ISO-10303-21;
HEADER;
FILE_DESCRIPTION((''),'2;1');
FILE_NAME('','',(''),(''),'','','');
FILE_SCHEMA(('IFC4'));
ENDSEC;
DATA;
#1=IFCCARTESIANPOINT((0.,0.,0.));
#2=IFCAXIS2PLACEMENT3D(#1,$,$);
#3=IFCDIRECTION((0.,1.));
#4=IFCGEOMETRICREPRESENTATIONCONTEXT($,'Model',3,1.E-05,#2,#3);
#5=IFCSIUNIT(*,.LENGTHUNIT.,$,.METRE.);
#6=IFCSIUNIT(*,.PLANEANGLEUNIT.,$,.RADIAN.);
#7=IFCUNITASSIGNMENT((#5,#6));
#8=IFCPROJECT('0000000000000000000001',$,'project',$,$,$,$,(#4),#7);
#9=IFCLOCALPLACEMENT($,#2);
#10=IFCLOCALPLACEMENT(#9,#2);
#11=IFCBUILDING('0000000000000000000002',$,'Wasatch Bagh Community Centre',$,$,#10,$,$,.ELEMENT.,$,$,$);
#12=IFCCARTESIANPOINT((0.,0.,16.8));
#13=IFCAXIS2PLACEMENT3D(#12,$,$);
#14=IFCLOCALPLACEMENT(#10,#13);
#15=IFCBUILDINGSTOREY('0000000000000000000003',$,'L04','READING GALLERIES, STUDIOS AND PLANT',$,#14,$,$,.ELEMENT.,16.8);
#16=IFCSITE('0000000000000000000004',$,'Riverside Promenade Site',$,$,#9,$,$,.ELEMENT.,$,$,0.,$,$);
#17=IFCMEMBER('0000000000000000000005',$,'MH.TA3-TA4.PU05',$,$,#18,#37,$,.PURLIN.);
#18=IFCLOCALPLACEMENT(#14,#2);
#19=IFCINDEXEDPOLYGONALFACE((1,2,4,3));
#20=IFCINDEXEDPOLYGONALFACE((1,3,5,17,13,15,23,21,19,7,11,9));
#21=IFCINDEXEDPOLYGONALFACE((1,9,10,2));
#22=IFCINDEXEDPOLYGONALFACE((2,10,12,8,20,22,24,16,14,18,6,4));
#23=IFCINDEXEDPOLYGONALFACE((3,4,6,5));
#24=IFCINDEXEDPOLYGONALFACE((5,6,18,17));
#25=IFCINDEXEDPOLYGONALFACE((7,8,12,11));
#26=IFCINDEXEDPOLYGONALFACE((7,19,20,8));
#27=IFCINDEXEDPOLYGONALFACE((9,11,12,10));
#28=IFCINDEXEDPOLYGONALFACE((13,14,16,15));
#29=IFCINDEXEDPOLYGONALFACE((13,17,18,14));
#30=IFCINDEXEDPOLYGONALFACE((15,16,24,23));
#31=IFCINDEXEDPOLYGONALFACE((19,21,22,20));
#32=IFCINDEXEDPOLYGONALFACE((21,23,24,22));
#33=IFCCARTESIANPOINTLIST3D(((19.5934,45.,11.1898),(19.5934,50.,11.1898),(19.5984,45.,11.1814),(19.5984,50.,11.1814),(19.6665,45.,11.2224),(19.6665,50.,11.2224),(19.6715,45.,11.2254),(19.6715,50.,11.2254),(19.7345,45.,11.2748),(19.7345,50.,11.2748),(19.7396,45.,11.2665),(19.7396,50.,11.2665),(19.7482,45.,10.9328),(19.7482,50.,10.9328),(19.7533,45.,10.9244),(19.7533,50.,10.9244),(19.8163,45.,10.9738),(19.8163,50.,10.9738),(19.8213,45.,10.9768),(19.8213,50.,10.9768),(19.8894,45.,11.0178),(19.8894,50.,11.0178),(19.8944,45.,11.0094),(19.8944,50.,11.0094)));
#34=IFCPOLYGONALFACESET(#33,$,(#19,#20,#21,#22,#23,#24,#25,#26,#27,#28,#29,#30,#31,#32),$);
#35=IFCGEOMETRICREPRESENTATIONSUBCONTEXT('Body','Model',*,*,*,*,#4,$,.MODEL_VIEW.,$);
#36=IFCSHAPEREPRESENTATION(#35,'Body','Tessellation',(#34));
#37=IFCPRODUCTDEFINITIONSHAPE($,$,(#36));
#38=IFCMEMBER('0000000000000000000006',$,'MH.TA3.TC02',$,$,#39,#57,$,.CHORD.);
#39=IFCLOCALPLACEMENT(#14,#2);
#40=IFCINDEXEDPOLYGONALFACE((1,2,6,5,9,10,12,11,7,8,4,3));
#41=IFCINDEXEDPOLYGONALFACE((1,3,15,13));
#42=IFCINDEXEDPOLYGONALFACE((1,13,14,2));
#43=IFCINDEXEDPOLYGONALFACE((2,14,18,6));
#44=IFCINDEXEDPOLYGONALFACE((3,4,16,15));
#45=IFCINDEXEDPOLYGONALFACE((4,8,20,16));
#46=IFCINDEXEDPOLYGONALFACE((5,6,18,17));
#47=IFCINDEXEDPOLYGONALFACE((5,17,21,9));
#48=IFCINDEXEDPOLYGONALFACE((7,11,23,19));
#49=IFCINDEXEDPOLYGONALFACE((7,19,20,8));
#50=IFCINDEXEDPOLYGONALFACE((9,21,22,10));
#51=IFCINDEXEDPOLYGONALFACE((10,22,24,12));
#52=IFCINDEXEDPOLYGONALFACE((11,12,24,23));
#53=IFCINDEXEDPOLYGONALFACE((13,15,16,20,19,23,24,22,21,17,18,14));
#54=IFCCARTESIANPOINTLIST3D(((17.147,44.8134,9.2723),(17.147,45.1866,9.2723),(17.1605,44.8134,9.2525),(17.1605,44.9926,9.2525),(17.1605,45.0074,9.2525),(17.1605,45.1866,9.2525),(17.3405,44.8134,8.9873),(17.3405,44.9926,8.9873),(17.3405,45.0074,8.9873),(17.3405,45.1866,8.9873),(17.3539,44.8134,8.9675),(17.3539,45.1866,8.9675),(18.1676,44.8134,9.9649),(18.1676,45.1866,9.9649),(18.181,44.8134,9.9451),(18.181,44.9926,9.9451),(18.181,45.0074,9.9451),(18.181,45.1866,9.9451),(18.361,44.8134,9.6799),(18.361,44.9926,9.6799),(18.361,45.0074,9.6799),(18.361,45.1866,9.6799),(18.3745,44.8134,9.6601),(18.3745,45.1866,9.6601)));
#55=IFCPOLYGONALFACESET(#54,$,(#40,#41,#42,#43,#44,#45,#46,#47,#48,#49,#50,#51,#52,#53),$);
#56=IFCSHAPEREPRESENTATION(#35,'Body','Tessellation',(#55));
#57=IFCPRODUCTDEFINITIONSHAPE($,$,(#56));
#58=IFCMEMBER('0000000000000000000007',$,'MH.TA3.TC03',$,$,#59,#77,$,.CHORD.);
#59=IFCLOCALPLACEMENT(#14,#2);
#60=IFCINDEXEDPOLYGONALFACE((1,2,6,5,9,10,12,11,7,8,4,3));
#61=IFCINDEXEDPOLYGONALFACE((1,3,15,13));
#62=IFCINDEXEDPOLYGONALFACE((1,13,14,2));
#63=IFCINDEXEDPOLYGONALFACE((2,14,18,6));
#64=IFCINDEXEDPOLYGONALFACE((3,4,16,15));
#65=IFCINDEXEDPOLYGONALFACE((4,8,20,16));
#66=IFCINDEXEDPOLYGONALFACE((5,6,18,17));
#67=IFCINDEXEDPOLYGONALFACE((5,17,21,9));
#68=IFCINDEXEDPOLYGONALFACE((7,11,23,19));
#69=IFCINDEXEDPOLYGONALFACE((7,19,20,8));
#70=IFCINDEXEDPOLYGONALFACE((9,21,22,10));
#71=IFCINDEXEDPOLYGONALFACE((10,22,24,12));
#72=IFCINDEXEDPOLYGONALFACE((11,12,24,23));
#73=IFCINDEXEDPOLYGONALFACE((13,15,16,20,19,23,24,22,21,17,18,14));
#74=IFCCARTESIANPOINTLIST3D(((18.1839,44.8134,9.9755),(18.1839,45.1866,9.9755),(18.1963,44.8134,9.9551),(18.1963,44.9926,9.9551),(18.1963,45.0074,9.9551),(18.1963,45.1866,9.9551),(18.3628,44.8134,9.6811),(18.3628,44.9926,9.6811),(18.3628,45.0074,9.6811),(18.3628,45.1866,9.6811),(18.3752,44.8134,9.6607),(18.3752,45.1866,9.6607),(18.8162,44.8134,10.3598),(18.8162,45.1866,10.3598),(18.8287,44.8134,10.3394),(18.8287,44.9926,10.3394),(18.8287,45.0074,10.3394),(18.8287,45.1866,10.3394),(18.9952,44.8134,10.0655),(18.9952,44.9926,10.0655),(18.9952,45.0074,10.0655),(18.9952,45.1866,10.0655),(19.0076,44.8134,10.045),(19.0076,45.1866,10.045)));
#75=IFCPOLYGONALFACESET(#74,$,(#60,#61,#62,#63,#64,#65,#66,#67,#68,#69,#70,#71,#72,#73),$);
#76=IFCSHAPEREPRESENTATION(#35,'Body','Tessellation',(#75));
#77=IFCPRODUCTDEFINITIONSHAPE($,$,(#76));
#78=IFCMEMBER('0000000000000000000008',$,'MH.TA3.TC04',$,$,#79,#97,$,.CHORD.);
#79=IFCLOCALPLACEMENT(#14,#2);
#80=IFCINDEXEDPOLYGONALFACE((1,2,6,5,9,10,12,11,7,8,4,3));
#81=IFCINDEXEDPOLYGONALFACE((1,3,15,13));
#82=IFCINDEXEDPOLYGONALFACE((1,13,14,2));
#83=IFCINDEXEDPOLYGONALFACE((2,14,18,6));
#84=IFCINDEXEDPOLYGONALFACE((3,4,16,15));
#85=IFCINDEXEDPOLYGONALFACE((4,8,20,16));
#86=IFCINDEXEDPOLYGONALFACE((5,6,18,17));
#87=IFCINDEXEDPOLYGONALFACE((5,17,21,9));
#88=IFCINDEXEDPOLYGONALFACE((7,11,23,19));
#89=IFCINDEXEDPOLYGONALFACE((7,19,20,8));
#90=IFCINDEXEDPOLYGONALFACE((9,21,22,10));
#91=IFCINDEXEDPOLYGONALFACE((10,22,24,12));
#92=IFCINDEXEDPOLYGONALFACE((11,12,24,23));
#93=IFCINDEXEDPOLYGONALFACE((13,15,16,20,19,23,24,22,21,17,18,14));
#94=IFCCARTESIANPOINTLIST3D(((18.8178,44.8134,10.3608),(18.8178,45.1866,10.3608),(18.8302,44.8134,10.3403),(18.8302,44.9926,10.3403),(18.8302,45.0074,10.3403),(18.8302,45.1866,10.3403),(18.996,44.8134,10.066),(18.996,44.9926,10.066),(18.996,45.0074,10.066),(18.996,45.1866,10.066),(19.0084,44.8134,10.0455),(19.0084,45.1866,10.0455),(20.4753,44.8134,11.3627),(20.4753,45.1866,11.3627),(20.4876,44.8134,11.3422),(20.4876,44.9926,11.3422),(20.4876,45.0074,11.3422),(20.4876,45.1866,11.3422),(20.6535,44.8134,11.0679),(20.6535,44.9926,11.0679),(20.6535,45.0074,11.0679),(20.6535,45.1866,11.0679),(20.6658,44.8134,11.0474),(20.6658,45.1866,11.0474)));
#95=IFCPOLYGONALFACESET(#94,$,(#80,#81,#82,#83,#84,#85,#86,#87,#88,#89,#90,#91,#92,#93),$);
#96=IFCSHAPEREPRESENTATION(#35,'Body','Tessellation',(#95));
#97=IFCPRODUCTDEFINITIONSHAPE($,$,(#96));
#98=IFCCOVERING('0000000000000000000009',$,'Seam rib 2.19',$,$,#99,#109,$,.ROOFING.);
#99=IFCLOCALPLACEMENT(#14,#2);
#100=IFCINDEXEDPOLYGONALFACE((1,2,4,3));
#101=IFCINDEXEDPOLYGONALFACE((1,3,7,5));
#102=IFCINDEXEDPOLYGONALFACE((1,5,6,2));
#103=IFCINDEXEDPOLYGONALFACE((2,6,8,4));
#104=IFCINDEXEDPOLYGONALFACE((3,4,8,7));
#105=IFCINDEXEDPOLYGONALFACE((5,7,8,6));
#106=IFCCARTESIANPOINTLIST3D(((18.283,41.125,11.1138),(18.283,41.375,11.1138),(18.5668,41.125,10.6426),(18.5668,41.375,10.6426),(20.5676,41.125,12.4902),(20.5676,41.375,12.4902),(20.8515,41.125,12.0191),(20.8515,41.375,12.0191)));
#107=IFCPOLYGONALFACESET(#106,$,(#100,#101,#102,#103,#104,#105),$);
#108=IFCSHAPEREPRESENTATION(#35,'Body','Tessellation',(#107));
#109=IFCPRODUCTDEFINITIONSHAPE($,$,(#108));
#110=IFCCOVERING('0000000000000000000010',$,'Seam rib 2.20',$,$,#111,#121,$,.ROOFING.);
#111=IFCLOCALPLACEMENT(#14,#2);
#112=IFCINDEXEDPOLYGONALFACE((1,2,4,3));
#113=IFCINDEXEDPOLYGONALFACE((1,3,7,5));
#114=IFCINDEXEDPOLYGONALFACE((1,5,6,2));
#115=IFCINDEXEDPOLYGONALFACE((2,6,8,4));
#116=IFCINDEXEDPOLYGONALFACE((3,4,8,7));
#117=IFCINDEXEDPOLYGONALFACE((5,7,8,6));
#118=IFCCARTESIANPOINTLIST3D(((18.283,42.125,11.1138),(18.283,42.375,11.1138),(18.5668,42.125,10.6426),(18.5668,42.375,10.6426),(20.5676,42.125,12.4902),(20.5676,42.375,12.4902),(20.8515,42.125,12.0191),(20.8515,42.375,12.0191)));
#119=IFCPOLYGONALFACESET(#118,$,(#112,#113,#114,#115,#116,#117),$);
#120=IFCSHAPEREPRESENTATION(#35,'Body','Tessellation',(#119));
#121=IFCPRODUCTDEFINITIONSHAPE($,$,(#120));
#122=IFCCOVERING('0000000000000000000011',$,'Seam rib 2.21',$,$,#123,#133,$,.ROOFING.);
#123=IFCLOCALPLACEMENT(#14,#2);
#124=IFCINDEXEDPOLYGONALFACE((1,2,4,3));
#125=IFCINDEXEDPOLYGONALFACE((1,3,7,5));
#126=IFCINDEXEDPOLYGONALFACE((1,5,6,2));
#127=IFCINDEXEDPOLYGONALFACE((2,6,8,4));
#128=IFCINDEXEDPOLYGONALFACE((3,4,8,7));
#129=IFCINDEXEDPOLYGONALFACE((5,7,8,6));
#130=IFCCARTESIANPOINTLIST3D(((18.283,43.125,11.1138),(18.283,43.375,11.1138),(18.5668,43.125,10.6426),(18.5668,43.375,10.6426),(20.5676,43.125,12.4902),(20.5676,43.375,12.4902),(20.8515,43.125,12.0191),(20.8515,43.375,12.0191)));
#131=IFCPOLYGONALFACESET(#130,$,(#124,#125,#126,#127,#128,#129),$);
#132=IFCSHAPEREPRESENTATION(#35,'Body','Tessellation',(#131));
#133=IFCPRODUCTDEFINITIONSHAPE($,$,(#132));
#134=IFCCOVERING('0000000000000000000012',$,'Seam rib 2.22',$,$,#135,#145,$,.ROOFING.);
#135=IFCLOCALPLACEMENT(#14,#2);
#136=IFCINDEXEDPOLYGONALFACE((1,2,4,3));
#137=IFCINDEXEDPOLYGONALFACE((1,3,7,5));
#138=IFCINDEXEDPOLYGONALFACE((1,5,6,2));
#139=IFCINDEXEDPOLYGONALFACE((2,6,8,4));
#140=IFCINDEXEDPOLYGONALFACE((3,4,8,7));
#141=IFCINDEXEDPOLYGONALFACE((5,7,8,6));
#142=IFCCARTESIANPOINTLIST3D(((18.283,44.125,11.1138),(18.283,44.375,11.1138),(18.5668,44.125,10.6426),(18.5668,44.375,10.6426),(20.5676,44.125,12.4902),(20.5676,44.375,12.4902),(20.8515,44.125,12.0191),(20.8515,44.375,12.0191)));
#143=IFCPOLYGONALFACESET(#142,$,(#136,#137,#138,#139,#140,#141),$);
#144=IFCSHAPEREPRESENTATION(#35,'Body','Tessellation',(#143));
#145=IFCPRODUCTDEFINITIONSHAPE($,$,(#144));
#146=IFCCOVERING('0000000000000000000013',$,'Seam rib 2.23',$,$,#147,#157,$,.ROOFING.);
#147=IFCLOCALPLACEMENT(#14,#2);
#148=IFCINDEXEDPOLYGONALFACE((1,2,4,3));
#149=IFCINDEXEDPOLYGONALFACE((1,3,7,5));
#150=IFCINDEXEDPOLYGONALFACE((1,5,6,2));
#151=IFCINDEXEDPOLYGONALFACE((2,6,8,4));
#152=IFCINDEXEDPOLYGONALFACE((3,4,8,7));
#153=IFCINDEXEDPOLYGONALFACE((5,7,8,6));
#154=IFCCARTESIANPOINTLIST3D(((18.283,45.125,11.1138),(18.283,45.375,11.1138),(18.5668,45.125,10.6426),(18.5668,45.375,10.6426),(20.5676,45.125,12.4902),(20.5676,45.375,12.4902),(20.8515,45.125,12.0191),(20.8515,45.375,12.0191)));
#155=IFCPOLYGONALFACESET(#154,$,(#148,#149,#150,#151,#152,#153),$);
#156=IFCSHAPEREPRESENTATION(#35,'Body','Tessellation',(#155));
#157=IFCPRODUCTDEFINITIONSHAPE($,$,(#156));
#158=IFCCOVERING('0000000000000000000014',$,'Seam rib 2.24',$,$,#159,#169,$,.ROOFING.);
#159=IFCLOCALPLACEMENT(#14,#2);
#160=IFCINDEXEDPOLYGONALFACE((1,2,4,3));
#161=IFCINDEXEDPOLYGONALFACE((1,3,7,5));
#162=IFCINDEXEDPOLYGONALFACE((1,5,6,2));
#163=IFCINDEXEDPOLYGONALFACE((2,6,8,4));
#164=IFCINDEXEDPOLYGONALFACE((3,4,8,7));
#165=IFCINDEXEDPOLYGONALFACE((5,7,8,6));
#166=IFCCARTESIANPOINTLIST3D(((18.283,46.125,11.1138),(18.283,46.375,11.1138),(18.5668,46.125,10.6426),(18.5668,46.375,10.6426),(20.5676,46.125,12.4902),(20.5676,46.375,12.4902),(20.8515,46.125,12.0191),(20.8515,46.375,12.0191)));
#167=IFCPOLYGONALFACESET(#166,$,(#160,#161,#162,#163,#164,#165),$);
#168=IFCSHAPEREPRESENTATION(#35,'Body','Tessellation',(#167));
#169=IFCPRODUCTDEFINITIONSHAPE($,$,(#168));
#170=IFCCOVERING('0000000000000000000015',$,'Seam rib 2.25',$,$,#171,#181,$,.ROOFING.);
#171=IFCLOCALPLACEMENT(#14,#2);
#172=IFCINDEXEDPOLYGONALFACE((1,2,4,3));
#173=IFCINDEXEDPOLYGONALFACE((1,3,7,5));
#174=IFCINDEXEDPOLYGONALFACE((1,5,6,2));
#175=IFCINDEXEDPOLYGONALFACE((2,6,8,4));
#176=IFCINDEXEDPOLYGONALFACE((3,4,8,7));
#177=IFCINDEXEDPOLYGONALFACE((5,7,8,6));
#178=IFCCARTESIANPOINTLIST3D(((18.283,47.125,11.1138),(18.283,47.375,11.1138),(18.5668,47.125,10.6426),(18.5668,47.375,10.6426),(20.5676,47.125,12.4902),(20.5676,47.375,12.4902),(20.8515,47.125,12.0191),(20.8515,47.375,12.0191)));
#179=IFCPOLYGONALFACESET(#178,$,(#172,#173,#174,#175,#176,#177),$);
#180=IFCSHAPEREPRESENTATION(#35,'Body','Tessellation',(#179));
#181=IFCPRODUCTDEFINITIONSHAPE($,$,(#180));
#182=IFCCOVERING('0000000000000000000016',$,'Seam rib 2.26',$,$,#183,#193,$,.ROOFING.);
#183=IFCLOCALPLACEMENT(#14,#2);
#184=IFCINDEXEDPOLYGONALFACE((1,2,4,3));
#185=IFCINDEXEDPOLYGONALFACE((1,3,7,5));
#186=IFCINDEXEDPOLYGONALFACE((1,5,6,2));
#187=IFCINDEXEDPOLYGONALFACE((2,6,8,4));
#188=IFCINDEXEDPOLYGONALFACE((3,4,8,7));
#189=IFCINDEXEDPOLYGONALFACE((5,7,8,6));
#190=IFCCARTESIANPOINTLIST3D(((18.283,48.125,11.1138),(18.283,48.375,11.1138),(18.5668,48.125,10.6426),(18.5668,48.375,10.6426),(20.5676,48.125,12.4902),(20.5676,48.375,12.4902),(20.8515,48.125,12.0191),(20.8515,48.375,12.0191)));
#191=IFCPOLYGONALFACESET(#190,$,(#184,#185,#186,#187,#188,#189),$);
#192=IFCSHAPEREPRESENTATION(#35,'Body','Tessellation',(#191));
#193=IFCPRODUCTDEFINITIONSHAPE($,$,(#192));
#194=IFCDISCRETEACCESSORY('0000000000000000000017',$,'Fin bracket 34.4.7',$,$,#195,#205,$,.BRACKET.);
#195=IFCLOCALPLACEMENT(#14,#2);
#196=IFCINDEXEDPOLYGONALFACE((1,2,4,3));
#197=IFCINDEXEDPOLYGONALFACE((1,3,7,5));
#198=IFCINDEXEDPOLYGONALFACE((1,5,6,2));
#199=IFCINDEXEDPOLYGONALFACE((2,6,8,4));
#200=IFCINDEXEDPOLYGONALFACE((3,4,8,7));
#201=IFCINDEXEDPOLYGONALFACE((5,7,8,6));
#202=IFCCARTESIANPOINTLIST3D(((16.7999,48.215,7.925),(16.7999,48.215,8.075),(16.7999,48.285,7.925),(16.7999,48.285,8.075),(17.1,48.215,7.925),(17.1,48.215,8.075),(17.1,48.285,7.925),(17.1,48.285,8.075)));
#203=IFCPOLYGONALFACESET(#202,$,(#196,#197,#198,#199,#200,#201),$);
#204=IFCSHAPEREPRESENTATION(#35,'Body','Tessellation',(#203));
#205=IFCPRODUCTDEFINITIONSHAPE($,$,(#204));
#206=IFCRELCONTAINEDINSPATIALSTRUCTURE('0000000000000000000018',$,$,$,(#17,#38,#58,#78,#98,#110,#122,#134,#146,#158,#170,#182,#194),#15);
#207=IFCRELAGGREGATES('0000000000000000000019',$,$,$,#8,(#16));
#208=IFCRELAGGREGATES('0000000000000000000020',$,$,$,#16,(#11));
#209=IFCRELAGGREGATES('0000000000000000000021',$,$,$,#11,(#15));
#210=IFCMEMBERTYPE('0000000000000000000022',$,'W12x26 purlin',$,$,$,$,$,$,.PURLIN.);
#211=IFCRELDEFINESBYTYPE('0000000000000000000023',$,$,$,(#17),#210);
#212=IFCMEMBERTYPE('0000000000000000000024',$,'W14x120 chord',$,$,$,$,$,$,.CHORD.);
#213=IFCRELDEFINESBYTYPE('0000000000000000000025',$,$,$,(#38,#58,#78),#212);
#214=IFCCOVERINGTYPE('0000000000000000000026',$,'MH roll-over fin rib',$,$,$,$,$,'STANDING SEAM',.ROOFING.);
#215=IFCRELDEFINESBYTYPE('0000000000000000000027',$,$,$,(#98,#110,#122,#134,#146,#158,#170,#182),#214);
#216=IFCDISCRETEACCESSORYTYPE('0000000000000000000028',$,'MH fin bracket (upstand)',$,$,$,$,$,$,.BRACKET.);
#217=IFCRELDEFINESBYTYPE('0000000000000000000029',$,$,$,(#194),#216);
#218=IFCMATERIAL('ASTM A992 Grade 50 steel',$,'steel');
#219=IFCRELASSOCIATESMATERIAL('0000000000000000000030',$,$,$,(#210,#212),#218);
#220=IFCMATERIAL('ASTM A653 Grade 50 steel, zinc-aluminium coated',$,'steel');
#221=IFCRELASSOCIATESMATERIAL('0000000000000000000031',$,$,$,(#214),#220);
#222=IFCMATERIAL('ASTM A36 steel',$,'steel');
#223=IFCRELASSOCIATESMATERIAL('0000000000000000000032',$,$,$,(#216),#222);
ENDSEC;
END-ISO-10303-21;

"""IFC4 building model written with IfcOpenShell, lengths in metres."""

from ifc_helpers import new_model, si_unit, direction, frame, origin, origin_2d, place, context, subcontext, project, spatial, polyline, rectangle, i_section, outline, extrude, material, material_profile, profile_set, type_object, element, save


model = new_model("IFC4")

# Units and contexts
model_context = context("Model", 3, precision=1e-05, world=origin(), true_north=direction((0.0, 1.0)))
body_context = subcontext(model_context, "Body", "Model", "MODEL_VIEW")
ifc_project = project(units=[si_unit("LENGTHUNIT", "METRE"), si_unit("PLANEANGLEUNIT", "RADIAN")], contexts=[model_context])

# Site, building, storey
site_placement = place(None, origin())
site = spatial("IfcSite", under=ifc_project, at=site_placement, Name="Riverside Promenade Site", CompositionType="ELEMENT", RefElevation=0.0)
building_placement = place(site_placement, origin())
building = spatial("IfcBuilding", under=site, at=building_placement, Name="Wasatch Bagh Community Centre", CompositionType="ELEMENT")
storey_placement = place(building_placement, frame((0.0, 0.0, 16.8)))
storey = spatial("IfcBuildingStorey", under=building, at=storey_placement, Name="L04", Description="READING GALLERIES, STUDIOS AND PLANT", CompositionType="ELEMENT", Elevation=16.8)

# Members
ifc_material_1 = material(Name="ASTM A992 Grade 50 steel", Category="steel")
ifc_material_profile_1 = material_profile(ifc_material_1, i_section(OverallWidth=0.1648, OverallDepth=0.3098, WebThickness=0.0059, FlangeThickness=0.0098, at=origin_2d()), Name="W12x26")
ifc_profile_set_1 = profile_set([ifc_material_profile_1], Name="ASTM A992 Grade 50 steel")
member_type_1 = type_object("IfcMemberType", Name="W12x26 purlin", PredefinedType="PURLIN", material=ifc_profile_set_1)
for number, where, z_axis, x_axis, name in (
    (1, (19.7439, 45.0, 11.0996), (0.0, 1.0, 0.0), (-0.856568, 0.0, -0.516034), "MH.TA3-TA4.PU05"),
):
    element("IfcMember", number, at=place(storey_placement, frame(where, z_axis=z_axis, x_axis=x_axis)), inside=storey, type_object=member_type_1, Name=name, PredefinedType="PURLIN", context=body_context, shape_type="SweptSolid", body=[
        extrude(i_section(OverallWidth=0.1648, OverallDepth=0.3098, WebThickness=0.0059, FlangeThickness=0.0098, at=origin_2d()), origin(), (0.0, 0.0, 1.0), 5.0),
    ])
ifc_material_profile_2 = material_profile(ifc_material_1, i_section(OverallWidth=0.3733, OverallDepth=0.3684, WebThickness=0.0149, FlangeThickness=0.0239, at=origin_2d()), Name="W14x120")
ifc_profile_set_2 = profile_set([ifc_material_profile_2], Name="ASTM A992 Grade 50 steel")
member_type_2 = type_object("IfcMemberType", Name="W14x120 chord", PredefinedType="CHORD", material=ifc_profile_set_2)
member_1_placement = place(storey_placement, frame((17.2505, 45.0, 9.1199), z_axis=(0.827423, 0.0, 0.561579), x_axis=(0.0, 1.0, 0.0)))
element("IfcMember", 2, at=member_1_placement, inside=storey, type_object=member_type_2, Name="MH.TA3.TC02", PredefinedType="CHORD", context=body_context, shape_type="SweptSolid", body=[
    extrude(i_section(OverallWidth=0.3733, OverallDepth=0.3684, WebThickness=0.0149, FlangeThickness=0.0239, at=origin_2d()), origin(), (0.0, 0.0, 1.0), 1.2334),
])
member_2_placement = place(storey_placement, frame((18.2795, 45.0, 9.8181), z_axis=(0.854568, 0.0, 0.51934), x_axis=(0.0, 1.0, 0.0)))
element("IfcMember", 3, at=member_2_placement, inside=storey, type_object=member_type_2, Name="MH.TA3.TC03", PredefinedType="CHORD", context=body_context, shape_type="SweptSolid", body=[
    extrude(i_section(OverallWidth=0.3733, OverallDepth=0.3684, WebThickness=0.0149, FlangeThickness=0.0239, at=origin_2d()), origin(), (0.0, 0.0, 1.0), 0.74),
])
member_3_placement = place(storey_placement, frame((18.9131, 45.0, 10.2031), z_axis=(0.855786, 0.0, 0.517329), x_axis=(0.0, 1.0, 0.0)))
element("IfcMember", 4, at=member_3_placement, inside=storey, type_object=member_type_2, Name="MH.TA3.TC04", PredefinedType="CHORD", context=body_context, shape_type="SweptSolid", body=[
    extrude(i_section(OverallWidth=0.3733, OverallDepth=0.3684, WebThickness=0.0149, FlangeThickness=0.0239, at=origin_2d()), origin(), (0.0, 0.0, 1.0), 1.9368),
])

# Coverings
ifc_material_2 = material(Name="ASTM A653 Grade 50 steel, zinc-aluminium coated", Category="steel")
covering_type = type_object("IfcCoveringType", Name="MH roll-over fin rib", ElementType="STANDING SEAM", PredefinedType="ROOFING", material=ifc_material_2)
for number, where, z_axis, x_axis, name in (
    (5, (18.283, 41.125, 11.1138), (-0.516056, 0.0, 0.856555), (0.856555, 0.0, 0.516056), "Seam rib 2.19"),
    (6, (18.283, 42.125, 11.1138), (-0.516056, 0.0, 0.856555), (0.856555, 0.0, 0.516056), "Seam rib 2.20"),
    (7, (18.283, 43.125, 11.1138), (-0.516056, 0.0, 0.856555), (0.856555, 0.0, 0.516056), "Seam rib 2.21"),
    (8, (18.283, 44.125, 11.1138), (-0.516056, 0.0, 0.856555), (0.856555, 0.0, 0.516056), "Seam rib 2.22"),
    (9, (18.283, 45.125, 11.1138), (-0.516056, 0.0, 0.856555), (0.856555, 0.0, 0.516056), "Seam rib 2.23"),
    (10, (18.283, 46.125, 11.1138), (-0.516056, 0.0, 0.856555), (0.856555, 0.0, 0.516056), "Seam rib 2.24"),
    (11, (18.283, 47.125, 11.1138), (-0.516056, 0.0, 0.856555), (0.856555, 0.0, 0.516056), "Seam rib 2.25"),
    (12, (18.283, 48.125, 11.1138), (-0.516056, 0.0, 0.856555), (0.856555, 0.0, 0.516056), "Seam rib 2.26"),
):
    element("IfcCovering", number, at=place(storey_placement, frame(where, z_axis=z_axis, x_axis=x_axis)), inside=storey, type_object=covering_type, Name=name, PredefinedType="ROOFING", context=body_context, shape_type="SweptSolid", body=[
        extrude(outline(polyline([(0.0, 0.0), (2.6673, 0.0), (2.6673, 0.25), (0.0, 0.25), (0.0, 0.0)])), origin(), (0.0, 0.0, -1.0), 0.55),
    ])

# Discrete accessory
ifc_material_3 = material(Name="ASTM A36 steel", Category="steel")
discrete_accessory_type = type_object("IfcDiscreteAccessoryType", Name="MH fin bracket (upstand)", PredefinedType="BRACKET", material=ifc_material_3)
for number, where, z_axis, x_axis, name in (
    (13, (16.95, 48.25, 7.925), (0.0, 0.0, 1.0), (0.0, -1.0, 0.0), "Fin bracket 34.4.7"),
):
    element("IfcDiscreteAccessory", number, at=place(storey_placement, frame(where, z_axis=z_axis, x_axis=x_axis)), inside=storey, type_object=discrete_accessory_type, Name=name, PredefinedType="BRACKET", context=body_context, shape_type="SweptSolid", body=[
        extrude(rectangle(XDim=0.0701, YDim=0.3, at=origin_2d()), origin(), (0.0, 0.0, 1.0), 0.1499),
    ])

save(model, "model.ifc")
